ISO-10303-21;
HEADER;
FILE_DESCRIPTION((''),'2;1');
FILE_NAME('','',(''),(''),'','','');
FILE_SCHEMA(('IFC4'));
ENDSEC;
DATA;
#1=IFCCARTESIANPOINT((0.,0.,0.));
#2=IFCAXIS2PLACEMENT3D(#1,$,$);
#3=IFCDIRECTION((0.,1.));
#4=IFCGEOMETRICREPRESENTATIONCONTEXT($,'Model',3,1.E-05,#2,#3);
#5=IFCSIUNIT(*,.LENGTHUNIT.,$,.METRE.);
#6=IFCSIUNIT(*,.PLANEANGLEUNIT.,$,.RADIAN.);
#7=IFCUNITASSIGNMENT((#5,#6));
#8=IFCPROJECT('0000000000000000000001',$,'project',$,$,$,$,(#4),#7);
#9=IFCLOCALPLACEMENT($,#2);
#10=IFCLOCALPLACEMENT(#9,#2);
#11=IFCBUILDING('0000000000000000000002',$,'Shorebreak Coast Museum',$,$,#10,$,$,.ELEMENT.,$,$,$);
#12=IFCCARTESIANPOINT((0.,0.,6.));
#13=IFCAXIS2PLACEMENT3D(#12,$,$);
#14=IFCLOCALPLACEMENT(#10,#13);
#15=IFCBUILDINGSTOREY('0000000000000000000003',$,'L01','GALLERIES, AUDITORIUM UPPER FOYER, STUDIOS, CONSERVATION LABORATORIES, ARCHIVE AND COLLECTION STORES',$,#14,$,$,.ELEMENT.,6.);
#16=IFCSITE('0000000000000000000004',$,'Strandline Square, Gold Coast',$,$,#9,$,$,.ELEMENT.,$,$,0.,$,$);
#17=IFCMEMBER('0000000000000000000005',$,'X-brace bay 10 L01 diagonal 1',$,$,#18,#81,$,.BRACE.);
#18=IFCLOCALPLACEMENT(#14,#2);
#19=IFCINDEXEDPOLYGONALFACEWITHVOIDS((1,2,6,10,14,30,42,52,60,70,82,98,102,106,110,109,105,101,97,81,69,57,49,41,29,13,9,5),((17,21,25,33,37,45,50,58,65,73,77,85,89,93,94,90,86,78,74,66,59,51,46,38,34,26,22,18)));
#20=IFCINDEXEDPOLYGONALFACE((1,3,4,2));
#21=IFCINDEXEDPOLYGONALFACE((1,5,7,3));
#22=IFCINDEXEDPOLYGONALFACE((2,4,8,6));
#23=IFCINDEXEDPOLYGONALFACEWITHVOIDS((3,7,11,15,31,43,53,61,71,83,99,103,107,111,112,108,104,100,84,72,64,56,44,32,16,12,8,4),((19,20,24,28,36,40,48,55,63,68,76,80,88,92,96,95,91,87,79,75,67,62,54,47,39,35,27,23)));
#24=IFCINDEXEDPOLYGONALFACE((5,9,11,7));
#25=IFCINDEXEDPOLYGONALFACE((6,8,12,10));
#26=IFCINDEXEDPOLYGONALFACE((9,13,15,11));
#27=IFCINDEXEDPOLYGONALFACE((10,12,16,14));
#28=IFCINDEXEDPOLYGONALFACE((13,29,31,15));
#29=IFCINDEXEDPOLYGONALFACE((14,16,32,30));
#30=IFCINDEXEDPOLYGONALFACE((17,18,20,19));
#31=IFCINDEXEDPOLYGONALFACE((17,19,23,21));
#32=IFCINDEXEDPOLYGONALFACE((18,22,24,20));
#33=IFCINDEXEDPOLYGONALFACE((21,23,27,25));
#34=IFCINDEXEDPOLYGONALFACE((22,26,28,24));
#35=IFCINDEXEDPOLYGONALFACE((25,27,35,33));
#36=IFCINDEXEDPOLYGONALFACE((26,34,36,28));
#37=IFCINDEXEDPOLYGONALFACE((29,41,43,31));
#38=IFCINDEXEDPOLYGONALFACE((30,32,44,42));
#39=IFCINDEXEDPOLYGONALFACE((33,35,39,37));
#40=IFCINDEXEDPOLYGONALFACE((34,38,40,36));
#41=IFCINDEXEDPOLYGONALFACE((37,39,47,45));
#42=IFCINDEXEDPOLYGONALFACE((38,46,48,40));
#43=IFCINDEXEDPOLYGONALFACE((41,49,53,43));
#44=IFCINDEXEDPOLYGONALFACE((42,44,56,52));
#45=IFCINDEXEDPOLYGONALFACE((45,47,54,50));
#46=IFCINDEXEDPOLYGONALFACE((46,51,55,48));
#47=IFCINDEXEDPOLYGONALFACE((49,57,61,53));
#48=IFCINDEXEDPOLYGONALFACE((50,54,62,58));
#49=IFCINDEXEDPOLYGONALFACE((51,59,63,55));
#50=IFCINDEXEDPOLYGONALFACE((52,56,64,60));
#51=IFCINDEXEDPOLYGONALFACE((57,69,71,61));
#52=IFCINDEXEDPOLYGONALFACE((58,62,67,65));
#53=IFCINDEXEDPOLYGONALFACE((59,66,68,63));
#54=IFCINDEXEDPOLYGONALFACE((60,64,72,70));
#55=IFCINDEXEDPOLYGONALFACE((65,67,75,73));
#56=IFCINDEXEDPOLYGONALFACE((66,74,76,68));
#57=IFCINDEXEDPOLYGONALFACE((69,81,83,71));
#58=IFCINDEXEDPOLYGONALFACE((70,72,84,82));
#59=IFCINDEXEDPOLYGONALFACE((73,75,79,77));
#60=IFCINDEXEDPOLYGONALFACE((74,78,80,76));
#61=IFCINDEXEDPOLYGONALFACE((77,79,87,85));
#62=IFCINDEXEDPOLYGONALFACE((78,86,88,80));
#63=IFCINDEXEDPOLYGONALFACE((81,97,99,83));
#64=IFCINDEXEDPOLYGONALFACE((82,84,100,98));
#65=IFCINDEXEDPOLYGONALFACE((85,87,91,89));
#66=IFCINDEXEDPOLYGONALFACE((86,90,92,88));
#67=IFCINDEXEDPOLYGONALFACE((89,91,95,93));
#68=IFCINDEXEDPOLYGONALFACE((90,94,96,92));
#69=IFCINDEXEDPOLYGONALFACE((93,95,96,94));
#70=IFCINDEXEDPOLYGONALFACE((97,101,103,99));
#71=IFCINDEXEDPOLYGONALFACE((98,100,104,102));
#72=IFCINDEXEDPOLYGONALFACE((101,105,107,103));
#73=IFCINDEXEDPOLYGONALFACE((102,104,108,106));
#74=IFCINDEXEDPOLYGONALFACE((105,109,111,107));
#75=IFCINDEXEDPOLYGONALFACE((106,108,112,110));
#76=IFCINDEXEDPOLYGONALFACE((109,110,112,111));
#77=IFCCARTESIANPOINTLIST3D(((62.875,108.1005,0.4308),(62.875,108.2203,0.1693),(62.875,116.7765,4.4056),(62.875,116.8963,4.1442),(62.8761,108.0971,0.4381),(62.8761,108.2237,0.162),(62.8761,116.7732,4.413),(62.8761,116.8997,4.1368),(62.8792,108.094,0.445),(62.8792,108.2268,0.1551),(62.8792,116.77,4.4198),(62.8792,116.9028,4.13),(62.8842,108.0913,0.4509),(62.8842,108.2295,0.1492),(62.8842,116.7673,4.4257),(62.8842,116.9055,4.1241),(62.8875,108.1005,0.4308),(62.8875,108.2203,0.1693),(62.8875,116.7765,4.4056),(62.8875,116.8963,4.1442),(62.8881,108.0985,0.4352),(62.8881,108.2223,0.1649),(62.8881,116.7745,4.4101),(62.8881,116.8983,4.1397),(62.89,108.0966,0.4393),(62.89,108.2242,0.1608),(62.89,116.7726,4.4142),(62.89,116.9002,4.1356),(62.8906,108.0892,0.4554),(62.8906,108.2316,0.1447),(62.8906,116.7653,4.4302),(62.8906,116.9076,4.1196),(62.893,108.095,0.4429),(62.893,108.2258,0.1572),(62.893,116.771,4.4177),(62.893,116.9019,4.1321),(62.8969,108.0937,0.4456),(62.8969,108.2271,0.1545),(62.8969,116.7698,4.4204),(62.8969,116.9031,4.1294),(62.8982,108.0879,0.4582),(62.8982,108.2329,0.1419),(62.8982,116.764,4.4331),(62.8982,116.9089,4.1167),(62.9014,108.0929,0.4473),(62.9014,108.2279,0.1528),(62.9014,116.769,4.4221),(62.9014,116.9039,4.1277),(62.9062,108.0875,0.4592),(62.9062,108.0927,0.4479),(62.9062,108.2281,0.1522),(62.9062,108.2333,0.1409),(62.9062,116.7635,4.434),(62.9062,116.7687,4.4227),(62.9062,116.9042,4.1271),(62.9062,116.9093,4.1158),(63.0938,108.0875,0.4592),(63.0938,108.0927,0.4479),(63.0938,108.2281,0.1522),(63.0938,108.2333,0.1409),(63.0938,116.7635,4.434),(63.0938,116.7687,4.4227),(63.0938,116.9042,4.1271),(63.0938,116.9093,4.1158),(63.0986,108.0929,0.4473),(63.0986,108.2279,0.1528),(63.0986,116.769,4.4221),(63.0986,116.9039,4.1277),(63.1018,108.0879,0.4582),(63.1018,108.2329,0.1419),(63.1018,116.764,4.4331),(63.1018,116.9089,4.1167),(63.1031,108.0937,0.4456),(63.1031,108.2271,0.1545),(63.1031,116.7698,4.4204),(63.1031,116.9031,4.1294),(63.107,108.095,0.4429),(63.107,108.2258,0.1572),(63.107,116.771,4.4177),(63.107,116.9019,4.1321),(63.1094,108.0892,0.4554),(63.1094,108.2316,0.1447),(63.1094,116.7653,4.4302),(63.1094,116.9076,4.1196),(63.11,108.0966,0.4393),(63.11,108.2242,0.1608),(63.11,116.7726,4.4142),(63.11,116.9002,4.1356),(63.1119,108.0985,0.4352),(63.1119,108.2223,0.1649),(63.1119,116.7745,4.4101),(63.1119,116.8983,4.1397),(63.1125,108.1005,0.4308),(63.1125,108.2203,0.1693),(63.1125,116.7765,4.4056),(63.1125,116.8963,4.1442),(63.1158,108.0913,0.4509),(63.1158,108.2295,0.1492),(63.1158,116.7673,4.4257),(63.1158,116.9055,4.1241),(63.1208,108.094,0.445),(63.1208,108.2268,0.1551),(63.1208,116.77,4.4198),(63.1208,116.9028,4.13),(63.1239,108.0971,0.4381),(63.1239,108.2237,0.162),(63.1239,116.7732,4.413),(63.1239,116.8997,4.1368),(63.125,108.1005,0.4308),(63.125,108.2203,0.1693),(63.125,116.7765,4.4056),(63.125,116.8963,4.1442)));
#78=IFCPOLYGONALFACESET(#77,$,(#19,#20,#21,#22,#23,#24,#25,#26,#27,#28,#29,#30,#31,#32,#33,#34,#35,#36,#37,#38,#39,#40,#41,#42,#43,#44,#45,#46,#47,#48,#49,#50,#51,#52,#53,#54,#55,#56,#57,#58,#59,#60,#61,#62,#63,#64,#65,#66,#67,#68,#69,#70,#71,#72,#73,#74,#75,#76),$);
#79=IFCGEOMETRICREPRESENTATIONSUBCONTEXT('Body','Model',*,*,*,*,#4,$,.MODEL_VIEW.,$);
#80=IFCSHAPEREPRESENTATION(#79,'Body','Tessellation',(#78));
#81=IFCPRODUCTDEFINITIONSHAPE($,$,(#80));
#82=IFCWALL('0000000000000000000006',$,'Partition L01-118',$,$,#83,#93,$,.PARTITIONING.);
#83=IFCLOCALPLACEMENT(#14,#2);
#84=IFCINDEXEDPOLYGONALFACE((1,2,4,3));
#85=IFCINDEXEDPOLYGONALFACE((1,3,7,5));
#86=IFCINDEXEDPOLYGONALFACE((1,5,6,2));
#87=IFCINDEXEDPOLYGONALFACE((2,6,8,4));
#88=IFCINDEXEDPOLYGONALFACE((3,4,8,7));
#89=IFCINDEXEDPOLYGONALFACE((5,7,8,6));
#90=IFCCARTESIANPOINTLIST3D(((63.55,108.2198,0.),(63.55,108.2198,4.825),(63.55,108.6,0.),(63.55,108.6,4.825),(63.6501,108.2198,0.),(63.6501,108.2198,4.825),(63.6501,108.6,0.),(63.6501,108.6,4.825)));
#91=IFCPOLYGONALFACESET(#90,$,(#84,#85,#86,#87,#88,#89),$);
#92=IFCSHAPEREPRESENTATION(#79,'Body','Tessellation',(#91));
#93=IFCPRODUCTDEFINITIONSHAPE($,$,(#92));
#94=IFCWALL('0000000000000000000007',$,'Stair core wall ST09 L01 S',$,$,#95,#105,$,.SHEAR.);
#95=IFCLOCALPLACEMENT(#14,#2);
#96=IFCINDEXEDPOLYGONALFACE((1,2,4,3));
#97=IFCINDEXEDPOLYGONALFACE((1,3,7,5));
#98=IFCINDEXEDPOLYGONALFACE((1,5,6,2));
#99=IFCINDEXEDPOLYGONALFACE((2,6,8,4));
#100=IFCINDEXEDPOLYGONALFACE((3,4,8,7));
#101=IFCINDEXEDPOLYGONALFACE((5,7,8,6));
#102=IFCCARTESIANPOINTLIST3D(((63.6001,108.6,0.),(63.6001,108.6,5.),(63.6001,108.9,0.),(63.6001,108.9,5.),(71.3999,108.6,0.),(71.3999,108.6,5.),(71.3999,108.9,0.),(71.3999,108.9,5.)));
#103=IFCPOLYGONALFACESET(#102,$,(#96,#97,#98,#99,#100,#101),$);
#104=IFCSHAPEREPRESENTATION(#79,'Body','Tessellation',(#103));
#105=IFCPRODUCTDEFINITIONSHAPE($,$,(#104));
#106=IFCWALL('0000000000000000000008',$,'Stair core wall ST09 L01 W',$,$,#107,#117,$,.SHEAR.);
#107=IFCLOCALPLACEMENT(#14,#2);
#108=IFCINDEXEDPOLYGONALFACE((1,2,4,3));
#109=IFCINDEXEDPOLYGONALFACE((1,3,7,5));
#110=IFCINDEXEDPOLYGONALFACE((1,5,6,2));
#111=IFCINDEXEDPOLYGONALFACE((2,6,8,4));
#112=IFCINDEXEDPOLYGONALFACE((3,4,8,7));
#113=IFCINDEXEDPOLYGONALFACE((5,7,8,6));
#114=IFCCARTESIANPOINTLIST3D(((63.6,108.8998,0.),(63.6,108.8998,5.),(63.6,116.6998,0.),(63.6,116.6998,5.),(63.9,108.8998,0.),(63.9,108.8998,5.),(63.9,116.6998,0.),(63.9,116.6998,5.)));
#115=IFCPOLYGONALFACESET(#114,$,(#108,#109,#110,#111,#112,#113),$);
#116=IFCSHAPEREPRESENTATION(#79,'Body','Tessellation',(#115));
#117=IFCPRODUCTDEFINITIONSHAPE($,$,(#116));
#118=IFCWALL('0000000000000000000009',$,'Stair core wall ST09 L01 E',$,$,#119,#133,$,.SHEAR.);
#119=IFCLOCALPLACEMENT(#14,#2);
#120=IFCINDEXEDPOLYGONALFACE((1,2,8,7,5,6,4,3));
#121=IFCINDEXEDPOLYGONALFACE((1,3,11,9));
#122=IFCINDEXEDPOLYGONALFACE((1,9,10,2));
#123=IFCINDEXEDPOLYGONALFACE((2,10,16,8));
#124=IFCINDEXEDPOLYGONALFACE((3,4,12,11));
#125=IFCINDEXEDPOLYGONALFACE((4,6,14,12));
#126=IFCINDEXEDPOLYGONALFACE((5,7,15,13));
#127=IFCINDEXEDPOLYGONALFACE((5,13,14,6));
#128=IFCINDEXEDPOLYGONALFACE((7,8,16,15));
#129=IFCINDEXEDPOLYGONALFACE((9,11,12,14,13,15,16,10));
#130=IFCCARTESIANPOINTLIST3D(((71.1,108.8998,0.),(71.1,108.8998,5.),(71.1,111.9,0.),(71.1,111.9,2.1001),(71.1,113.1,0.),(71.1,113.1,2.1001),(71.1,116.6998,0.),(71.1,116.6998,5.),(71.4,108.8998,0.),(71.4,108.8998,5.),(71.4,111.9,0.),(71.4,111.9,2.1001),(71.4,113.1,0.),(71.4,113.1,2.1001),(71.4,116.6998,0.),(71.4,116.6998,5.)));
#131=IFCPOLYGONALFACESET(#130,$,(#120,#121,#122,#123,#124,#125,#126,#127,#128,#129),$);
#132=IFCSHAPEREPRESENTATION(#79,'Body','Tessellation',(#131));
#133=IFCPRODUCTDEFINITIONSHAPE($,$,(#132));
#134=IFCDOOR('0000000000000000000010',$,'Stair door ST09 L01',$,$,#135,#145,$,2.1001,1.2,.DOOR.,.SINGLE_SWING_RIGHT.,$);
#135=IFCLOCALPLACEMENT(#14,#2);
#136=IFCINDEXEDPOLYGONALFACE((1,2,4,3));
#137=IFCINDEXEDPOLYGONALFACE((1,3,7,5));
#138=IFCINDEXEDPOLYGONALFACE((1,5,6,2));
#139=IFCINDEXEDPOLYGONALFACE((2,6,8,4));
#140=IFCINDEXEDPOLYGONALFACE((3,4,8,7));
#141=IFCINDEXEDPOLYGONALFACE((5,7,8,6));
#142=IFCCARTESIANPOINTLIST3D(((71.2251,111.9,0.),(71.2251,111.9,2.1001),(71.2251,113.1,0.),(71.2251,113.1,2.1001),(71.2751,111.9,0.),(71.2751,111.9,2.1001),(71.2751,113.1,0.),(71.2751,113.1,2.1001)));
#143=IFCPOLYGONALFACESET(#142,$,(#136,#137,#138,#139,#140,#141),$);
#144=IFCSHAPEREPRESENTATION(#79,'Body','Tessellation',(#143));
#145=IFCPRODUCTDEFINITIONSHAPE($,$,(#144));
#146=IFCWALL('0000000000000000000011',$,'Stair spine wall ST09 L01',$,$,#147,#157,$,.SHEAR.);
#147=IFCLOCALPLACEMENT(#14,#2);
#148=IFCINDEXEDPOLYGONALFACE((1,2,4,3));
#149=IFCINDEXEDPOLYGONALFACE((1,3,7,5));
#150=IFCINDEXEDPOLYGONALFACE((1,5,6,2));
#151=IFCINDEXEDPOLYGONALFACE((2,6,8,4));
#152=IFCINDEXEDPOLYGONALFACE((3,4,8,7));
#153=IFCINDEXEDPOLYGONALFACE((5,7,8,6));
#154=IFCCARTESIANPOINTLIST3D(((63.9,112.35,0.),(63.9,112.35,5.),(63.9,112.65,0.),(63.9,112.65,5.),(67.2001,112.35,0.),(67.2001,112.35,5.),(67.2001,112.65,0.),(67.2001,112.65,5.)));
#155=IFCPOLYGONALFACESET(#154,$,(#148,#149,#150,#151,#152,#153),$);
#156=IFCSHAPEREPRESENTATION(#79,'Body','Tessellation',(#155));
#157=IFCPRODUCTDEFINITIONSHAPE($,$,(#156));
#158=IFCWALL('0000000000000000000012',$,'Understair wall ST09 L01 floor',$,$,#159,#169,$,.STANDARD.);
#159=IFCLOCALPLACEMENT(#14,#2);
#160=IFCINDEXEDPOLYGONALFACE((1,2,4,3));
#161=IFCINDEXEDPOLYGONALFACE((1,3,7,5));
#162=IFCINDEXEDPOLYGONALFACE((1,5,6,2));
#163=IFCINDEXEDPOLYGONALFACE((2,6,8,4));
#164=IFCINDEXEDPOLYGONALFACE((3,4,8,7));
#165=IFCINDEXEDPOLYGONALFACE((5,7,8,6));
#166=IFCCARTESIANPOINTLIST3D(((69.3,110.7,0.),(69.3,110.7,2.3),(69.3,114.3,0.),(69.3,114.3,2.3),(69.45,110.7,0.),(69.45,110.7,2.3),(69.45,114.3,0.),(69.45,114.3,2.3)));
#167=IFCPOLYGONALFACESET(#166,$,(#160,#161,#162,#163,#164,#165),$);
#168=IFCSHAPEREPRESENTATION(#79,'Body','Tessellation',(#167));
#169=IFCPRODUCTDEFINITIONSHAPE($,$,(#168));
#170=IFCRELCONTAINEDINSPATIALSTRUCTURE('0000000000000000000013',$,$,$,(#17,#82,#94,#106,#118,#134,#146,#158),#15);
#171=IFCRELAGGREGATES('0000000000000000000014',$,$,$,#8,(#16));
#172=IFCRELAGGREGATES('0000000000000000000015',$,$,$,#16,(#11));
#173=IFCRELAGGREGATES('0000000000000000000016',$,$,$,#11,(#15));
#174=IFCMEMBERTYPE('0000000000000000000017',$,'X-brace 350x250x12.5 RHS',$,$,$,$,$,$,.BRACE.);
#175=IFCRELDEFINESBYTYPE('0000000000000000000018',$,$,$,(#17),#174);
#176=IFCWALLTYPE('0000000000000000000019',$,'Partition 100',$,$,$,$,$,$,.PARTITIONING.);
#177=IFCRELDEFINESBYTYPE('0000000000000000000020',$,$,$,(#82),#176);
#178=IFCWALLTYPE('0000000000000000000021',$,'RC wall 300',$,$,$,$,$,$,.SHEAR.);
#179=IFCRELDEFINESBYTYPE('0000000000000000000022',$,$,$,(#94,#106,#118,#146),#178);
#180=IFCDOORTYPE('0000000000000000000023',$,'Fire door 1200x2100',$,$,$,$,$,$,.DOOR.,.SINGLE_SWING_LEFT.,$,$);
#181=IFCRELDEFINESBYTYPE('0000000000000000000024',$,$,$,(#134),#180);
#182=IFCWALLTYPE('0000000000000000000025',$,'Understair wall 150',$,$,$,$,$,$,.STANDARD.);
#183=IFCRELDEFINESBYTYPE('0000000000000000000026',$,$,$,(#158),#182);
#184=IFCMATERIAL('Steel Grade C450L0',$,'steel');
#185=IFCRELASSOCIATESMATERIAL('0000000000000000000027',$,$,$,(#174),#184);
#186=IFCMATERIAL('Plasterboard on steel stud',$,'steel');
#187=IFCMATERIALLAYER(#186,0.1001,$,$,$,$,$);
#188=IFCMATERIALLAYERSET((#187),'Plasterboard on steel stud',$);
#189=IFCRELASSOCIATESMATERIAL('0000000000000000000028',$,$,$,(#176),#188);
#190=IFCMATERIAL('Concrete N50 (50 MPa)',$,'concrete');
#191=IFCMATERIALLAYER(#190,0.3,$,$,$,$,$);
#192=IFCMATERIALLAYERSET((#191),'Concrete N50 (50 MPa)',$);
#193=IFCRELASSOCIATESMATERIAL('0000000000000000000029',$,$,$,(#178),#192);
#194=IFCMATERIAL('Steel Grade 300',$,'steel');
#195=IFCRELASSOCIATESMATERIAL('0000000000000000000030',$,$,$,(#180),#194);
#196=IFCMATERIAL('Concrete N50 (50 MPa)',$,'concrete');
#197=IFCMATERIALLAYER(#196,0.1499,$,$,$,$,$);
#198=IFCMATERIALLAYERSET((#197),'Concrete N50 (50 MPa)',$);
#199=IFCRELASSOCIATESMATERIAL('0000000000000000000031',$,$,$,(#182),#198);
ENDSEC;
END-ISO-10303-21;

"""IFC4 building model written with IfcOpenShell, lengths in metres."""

from ifc_helpers import new_model, si_unit, direction, frame, frame_2d, origin, origin_2d, place, context, subcontext, project, spatial, rectangle, hollow_rectangle, extrude, material, layer, layer_set, material_profile, profile_set, type_object, element, fill, save


model = new_model("IFC4")

# Units and contexts
model_context = context("Model", 3, precision=1e-05, world=origin(), true_north=direction((0.0, 1.0)))
body_context = subcontext(model_context, "Body", "Model", "MODEL_VIEW")
ifc_project = project(units=[si_unit("LENGTHUNIT", "METRE"), si_unit("PLANEANGLEUNIT", "RADIAN")], contexts=[model_context])

# Site, building, storey
site_placement = place(None, origin())
site = spatial("IfcSite", under=ifc_project, at=site_placement, Name="Strandline Square, Gold Coast", CompositionType="ELEMENT", RefElevation=0.0)
building_placement = place(site_placement, origin())
building = spatial("IfcBuilding", under=site, at=building_placement, Name="Shorebreak Coast Museum", CompositionType="ELEMENT")
storey_placement = place(building_placement, frame((0.0, 0.0, 6.0)))
storey = spatial("IfcBuildingStorey", under=building, at=storey_placement, Name="L01", Description="GALLERIES, AUDITORIUM UPPER FOYER, STUDIOS, CONSERVATION LABORATORIES, ARCHIVE AND COLLECTION STORES", CompositionType="ELEMENT", Elevation=6.0)

# Member
ifc_material_1 = material(Name="Steel Grade C450L0", Category="steel")
ifc_material_profile_1 = material_profile(ifc_material_1, hollow_rectangle(XDim=0.25, YDim=0.3501, WallThickness=0.0125, InnerFilletRadius=0.0188, OuterFilletRadius=0.0312, at=origin_2d()), Name="350x250x12.5 RHS")
ifc_profile_set_1 = profile_set([ifc_material_profile_1], Name="Steel Grade C450L0")
member_type = type_object("IfcMemberType", Name="X-brace 350x250x12.5 RHS", PredefinedType="BRACE", material=ifc_profile_set_1)
member_placement = place(storey_placement, frame((63.0, 108.1604, 0.3), z_axis=(0.0, 0.909131, 0.416511), x_axis=(-1.0, 0.0, 0.0)))
element("IfcMember", 1, at=member_placement, inside=storey, type_object=member_type, Name="X-brace bay 10 L01 diagonal 1", PredefinedType="BRACE", context=body_context, shape_type="SweptSolid", body=[
    extrude(hollow_rectangle(XDim=0.25, YDim=0.3501, WallThickness=0.0125, InnerFilletRadius=0.0188, OuterFilletRadius=0.0312, at=origin_2d()), origin(), (0.0, 0.0, 1.0), 9.5432),
])

# Walls
ifc_material_2 = material(Name="Plasterboard on steel stud", Category="steel")
ifc_layer_1 = layer(ifc_material_2, 0.1001)
ifc_layer_set_1 = layer_set([ifc_layer_1], Name="Plasterboard on steel stud")
wall_type_1 = type_object("IfcWallType", Name="Partition 100", PredefinedType="PARTITIONING", material=ifc_layer_set_1)
wall_1_placement = place(storey_placement, frame((63.6001, 108.22, 0.0), z_axis=(0.0, 0.0, 1.0), x_axis=(0.0, 1.0, 0.0)))
element("IfcWall", 2, at=wall_1_placement, inside=storey, type_object=wall_type_1, Name="Partition L01-118", PredefinedType="PARTITIONING", context=body_context, shape_type="SweptSolid", body=[
    extrude(rectangle(XDim=0.3801, YDim=0.1001, at=frame_2d((0.1899, 0.0))), origin(), (0.0, 0.0, 1.0), 4.825),
])
ifc_material_3 = material(Name="Concrete N50 (50 MPa)", Category="concrete")
ifc_layer_2 = layer(ifc_material_3, 0.3)
ifc_layer_set_2 = layer_set([ifc_layer_2], Name="Concrete N50 (50 MPa)")
wall_type_2 = type_object("IfcWallType", Name="RC wall 300", PredefinedType="SHEAR", material=ifc_layer_set_2)
wall_2_placement = place(storey_placement, frame((63.6001, 108.75, 0.0), z_axis=(0.0, 0.0, 1.0), x_axis=(1.0, 0.0, 0.0)))
element("IfcWall", 3, at=wall_2_placement, inside=storey, type_object=wall_type_2, Name="Stair core wall ST09 L01 S", PredefinedType="SHEAR", context=body_context, shape_type="SweptSolid", body=[
    extrude(rectangle(XDim=7.7998, YDim=0.3, at=frame_2d((3.8999, 0.0))), origin(), (0.0, 0.0, 1.0), 5.0),
])
wall_3_placement = place(storey_placement, frame((63.75, 108.8999, 0.0), z_axis=(0.0, 0.0, 1.0), x_axis=(0.0, 1.0, 0.0)))
element("IfcWall", 4, at=wall_3_placement, inside=storey, type_object=wall_type_2, Name="Stair core wall ST09 L01 W", PredefinedType="SHEAR", context=body_context, shape_type="SweptSolid", body=[
    extrude(rectangle(XDim=7.8, YDim=0.3, at=frame_2d((3.8999, 0.0))), origin(), (0.0, 0.0, 1.0), 5.0),
])

# Wall, opening, door
wall_4_placement = place(storey_placement, frame((71.25, 108.8999, 0.0), z_axis=(0.0, 0.0, 1.0), x_axis=(0.0, 1.0, 0.0)))
wall_4 = element("IfcWall", 5, at=wall_4_placement, inside=storey, type_object=wall_type_2, Name="Stair core wall ST09 L01 E", PredefinedType="SHEAR", context=body_context, shape_type="SweptSolid", body=[
    extrude(rectangle(XDim=7.8, YDim=0.3, at=frame_2d((3.8999, 0.0))), origin(), (0.0, 0.0, 1.0), 5.0),
])
opening_placement = place(wall_4_placement, frame((3.0, 0.0, 0.0)))
opening = element("IfcOpeningElement", 6, at=opening_placement, cuts=wall_4, PredefinedType="OPENING", context=body_context, shape_type="SweptSolid", body=[
    extrude(rectangle(XDim=1.2, YDim=2.1001, at=frame_2d((0.6001, 1.05))), frame((0.0, 0.1599, 0.0), z_axis=(0.0, -1.0, 0.0), x_axis=(1.0, 0.0, 0.0)), (0.0, 0.0, 1.0), 0.3201),
])
ifc_material_4 = material(Name="Steel Grade 300", Category="steel")
door_type = type_object("IfcDoorType", Name="Fire door 1200x2100", OperationType="SINGLE_SWING_LEFT", PredefinedType="DOOR", material=ifc_material_4)
door_placement = place(opening_placement, origin())
door = element("IfcDoor", 7, at=door_placement, inside=storey, type_object=door_type, Name="Stair door ST09 L01", OperationType="SINGLE_SWING_RIGHT", OverallHeight=2.1001, OverallWidth=1.2, PredefinedType="DOOR", context=body_context, shape_type="SweptSolid", body=[
    extrude(rectangle(XDim=1.2, YDim=2.1001, at=frame_2d((0.6001, 1.05))), frame((0.0, 0.0249, 0.0), z_axis=(0.0, -1.0, 0.0), x_axis=(1.0, 0.0, 0.0)), (0.0, 0.0, 1.0), 0.05),
])
fill(opening, door)

# Walls
wall_5_placement = place(storey_placement, frame((67.2, 112.5, 0.0), z_axis=(0.0, 0.0, 1.0), x_axis=(-1.0, 0.0, 0.0)))
element("IfcWall", 8, at=wall_5_placement, inside=storey, type_object=wall_type_2, Name="Stair spine wall ST09 L01", PredefinedType="SHEAR", context=body_context, shape_type="SweptSolid", body=[
    extrude(rectangle(XDim=3.3, YDim=0.3, at=frame_2d((1.6499, 0.0))), origin(), (0.0, 0.0, 1.0), 5.0),
])
ifc_material_5 = material(Name="Concrete N50 (50 MPa)", Category="concrete")
ifc_layer_3 = layer(ifc_material_5, 0.1499)
ifc_layer_set_3 = layer_set([ifc_layer_3], Name="Concrete N50 (50 MPa)")
wall_type_3 = type_object("IfcWallType", Name="Understair wall 150", PredefinedType="STANDARD", material=ifc_layer_set_3)
wall_6_placement = place(storey_placement, frame((69.375, 110.7, 0.0), z_axis=(0.0, 0.0, 1.0), x_axis=(0.0, 1.0, 0.0)))
element("IfcWall", 9, at=wall_6_placement, inside=storey, type_object=wall_type_3, Name="Understair wall ST09 L01 floor", PredefinedType="STANDARD", context=body_context, shape_type="SweptSolid", body=[
    extrude(rectangle(XDim=3.6001, YDim=0.1499, at=frame_2d((1.8, 0.0))), origin(), (0.0, 0.0, 1.0), 2.3),
])

save(model, "model.ifc")
